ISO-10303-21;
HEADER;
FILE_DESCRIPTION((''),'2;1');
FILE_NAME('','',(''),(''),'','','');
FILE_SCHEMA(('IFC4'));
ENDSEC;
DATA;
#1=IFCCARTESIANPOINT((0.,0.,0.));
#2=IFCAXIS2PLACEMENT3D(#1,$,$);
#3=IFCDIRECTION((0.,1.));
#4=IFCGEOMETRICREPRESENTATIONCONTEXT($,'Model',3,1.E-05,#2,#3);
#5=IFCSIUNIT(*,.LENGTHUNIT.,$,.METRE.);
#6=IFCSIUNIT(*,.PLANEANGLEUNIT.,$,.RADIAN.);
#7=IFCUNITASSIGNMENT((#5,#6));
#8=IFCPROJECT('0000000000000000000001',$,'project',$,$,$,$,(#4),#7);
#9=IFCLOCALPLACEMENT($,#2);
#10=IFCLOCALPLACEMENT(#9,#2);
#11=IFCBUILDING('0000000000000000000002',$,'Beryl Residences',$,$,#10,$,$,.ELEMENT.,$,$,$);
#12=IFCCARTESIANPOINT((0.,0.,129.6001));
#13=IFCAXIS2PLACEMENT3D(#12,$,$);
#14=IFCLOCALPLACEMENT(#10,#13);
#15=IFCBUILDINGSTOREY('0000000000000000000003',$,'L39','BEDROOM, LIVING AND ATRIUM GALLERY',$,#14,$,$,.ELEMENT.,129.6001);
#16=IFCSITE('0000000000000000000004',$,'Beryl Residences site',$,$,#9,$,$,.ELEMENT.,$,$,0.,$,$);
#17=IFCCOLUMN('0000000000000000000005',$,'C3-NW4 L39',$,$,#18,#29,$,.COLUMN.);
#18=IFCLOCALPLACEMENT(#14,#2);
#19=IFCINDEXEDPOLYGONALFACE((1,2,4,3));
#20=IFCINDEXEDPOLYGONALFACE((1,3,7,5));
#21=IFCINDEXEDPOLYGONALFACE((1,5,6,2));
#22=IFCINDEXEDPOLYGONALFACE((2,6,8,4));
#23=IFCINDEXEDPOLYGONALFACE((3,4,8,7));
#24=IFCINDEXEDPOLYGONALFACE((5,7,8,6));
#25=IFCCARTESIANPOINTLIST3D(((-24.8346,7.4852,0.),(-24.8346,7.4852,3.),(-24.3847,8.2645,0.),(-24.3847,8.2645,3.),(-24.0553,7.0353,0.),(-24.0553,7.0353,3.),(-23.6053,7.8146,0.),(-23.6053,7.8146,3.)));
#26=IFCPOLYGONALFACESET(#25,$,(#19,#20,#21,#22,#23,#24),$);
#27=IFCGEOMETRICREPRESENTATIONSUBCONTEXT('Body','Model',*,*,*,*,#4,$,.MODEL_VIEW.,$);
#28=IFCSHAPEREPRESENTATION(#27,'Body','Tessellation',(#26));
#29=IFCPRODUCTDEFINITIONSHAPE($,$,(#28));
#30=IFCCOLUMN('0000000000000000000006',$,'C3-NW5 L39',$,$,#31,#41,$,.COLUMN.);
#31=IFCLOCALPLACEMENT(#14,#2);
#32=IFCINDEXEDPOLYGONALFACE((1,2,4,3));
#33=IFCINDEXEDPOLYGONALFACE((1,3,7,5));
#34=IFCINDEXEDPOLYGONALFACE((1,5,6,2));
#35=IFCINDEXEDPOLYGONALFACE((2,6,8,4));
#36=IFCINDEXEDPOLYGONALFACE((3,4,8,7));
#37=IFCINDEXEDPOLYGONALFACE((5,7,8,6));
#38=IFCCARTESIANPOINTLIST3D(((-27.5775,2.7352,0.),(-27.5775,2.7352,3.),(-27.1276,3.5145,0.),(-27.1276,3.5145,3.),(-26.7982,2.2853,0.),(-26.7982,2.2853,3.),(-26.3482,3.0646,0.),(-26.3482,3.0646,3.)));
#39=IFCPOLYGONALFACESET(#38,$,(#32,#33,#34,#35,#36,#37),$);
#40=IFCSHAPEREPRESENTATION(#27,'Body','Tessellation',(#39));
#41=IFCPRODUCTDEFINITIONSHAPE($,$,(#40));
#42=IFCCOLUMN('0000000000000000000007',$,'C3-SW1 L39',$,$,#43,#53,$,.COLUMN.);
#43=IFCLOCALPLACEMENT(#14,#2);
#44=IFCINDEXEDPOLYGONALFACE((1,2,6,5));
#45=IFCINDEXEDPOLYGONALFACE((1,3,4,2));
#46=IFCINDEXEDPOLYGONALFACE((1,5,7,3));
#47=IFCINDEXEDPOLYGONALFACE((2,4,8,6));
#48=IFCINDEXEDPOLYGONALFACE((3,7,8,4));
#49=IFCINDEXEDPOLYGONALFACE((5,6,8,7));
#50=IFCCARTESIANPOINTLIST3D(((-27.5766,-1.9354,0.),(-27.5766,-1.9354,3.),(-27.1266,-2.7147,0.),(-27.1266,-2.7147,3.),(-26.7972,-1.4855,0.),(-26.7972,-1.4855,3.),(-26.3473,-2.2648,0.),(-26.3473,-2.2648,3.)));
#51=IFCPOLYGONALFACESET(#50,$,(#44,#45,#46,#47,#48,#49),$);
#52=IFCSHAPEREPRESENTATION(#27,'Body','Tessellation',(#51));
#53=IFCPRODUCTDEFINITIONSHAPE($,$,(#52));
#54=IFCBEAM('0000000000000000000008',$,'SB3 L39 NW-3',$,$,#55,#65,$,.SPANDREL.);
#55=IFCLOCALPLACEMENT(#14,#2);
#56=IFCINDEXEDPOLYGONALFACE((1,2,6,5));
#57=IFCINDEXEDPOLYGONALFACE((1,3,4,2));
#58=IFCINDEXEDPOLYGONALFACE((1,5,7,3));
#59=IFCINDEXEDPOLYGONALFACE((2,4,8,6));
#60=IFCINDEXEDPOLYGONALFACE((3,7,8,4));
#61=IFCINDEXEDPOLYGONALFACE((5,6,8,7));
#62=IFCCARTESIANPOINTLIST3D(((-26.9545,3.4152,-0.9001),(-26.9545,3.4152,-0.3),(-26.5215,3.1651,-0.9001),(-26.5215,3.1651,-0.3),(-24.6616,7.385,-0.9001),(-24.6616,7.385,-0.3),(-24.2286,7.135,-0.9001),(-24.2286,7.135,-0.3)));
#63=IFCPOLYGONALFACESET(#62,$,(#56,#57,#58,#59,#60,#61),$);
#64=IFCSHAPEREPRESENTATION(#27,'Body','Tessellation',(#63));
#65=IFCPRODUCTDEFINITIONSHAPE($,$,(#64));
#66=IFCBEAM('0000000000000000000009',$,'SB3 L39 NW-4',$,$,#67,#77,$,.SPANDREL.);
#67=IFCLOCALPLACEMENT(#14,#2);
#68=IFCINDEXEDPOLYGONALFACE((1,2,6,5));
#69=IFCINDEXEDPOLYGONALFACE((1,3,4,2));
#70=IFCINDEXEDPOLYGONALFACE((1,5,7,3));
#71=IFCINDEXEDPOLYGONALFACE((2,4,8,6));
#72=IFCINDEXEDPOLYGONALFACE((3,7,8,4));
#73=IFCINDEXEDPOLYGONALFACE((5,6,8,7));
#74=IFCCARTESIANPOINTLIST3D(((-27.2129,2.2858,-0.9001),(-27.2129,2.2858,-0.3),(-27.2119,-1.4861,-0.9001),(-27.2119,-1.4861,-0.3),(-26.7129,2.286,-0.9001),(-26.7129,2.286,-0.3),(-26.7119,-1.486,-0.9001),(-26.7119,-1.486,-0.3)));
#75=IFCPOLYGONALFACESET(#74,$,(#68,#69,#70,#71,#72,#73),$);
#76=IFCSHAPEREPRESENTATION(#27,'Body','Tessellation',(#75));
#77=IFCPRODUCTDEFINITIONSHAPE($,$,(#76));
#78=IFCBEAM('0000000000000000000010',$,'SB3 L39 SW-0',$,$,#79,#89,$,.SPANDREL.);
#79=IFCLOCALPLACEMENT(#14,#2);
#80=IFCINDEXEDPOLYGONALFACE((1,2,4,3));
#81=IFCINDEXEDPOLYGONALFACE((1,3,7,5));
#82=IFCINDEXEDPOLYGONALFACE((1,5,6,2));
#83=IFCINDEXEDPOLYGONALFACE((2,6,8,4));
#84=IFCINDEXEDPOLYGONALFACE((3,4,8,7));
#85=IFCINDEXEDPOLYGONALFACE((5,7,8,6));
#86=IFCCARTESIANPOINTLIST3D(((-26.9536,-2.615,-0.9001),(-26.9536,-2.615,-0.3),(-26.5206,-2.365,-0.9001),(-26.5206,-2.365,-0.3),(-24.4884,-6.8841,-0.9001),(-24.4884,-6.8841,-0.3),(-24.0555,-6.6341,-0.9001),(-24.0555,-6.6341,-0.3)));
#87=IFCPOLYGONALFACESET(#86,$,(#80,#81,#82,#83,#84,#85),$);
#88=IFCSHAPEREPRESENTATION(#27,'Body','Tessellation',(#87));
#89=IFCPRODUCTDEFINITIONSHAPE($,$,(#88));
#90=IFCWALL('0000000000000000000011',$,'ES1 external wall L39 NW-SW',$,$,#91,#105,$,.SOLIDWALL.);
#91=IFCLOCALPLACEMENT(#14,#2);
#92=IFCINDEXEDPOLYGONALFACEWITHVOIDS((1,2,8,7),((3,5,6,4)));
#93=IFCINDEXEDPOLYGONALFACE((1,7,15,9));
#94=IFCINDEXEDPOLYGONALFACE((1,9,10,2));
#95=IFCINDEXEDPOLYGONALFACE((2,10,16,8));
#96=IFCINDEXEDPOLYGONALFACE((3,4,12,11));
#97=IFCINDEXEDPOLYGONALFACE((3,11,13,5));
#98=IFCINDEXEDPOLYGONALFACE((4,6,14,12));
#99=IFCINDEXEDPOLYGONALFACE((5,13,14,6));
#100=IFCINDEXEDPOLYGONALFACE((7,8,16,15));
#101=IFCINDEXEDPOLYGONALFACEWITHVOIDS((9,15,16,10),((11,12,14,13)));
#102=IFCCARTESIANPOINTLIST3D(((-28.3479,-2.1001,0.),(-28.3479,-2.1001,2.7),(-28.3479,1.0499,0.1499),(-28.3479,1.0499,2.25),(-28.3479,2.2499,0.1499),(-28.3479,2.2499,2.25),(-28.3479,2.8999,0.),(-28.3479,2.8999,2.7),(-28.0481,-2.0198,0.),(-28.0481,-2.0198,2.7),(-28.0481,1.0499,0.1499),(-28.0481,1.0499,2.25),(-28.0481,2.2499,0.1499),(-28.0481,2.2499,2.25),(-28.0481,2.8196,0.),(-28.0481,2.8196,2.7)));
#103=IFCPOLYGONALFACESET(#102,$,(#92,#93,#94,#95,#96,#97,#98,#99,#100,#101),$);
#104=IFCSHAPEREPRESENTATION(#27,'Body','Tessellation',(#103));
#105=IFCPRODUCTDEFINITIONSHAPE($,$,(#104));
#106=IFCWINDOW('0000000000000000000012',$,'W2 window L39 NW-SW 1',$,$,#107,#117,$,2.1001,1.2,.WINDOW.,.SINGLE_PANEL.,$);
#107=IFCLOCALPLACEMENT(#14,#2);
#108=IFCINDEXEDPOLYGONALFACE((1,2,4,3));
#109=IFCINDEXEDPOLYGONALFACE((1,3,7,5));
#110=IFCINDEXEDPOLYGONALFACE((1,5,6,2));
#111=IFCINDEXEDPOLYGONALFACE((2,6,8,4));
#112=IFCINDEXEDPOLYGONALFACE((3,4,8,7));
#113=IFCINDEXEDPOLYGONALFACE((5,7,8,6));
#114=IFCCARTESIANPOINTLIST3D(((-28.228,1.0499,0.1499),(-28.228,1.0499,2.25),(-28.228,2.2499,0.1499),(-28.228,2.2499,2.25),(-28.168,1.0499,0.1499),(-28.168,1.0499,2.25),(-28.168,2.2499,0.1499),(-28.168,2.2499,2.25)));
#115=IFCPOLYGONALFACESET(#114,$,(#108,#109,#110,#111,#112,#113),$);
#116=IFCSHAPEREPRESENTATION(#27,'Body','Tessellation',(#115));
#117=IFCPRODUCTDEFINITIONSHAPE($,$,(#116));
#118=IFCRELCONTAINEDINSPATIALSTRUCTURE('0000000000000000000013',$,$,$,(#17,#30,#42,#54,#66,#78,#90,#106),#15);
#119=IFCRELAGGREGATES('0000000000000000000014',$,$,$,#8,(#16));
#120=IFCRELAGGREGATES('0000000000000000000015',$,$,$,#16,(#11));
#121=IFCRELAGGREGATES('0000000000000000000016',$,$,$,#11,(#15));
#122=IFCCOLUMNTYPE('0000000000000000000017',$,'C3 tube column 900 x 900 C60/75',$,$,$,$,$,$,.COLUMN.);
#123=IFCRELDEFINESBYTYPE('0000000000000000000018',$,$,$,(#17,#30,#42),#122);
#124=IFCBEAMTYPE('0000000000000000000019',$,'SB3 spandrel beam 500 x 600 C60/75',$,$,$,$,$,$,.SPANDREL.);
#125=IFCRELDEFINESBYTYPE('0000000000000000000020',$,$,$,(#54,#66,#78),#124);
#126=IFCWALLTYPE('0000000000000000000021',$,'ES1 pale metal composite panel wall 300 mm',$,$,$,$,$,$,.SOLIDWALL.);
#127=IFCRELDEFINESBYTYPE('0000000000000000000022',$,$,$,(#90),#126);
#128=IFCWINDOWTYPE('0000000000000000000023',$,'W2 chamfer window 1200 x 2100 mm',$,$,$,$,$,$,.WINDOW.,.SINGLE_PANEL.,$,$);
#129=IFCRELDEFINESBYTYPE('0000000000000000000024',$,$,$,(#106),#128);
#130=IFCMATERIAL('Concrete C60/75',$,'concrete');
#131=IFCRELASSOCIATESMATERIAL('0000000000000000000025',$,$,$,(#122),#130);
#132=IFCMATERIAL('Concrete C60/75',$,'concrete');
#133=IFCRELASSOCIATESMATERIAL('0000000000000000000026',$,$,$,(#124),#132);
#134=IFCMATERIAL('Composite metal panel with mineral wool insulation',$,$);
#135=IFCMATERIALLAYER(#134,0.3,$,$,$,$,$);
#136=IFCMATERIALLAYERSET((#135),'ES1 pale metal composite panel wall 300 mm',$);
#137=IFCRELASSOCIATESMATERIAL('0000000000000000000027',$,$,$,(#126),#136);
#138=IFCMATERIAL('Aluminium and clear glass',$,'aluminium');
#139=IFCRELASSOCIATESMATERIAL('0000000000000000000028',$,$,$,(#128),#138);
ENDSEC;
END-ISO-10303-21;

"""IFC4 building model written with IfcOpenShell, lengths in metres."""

from ifc_helpers import new_model, si_unit, direction, frame, frame_2d, origin, origin_2d, place, context, subcontext, project, spatial, polyline, rectangle, outline, extrude, material, layer, layer_set, material_profile, profile_set, type_object, element, fill, save


model = new_model("IFC4")

# Units and contexts
model_context = context("Model", 3, precision=1e-05, world=origin(), true_north=direction((0.0, 1.0)))
body_context = subcontext(model_context, "Body", "Model", "MODEL_VIEW")
ifc_project = project(units=[si_unit("LENGTHUNIT", "METRE"), si_unit("PLANEANGLEUNIT", "RADIAN")], contexts=[model_context])

# Site, building, storey
site_placement = place(None, origin())
site = spatial("IfcSite", under=ifc_project, at=site_placement, Name="Beryl Residences site", CompositionType="ELEMENT", RefElevation=0.0)
building_placement = place(site_placement, origin())
building = spatial("IfcBuilding", under=site, at=building_placement, Name="Beryl Residences", CompositionType="ELEMENT")
storey_placement = place(building_placement, frame((0.0, 0.0, 129.6001)))
storey = spatial("IfcBuildingStorey", under=building, at=storey_placement, Name="L39", Description="BEDROOM, LIVING AND ATRIUM GALLERY", CompositionType="ELEMENT", Elevation=129.6001)

# Columns
ifc_material_1 = material(Name="Concrete C60/75", Category="concrete")
ifc_material_profile_1 = material_profile(ifc_material_1, rectangle(XDim=0.8999, YDim=0.8999, at=origin_2d()))
ifc_profile_set_1 = profile_set([ifc_material_profile_1], Name="Concrete C60/75")
column_type = type_object("IfcColumnType", Name="C3 tube column 900 x 900 C60/75", PredefinedType="COLUMN", material=ifc_profile_set_1)
for number, where, z_axis, x_axis, name in (
    (1, (-24.22, 7.6499, 0.0), (0.0, 0.0, 1.0), (-0.5, -0.866025, 0.0), "C3-NW4 L39"),
    (2, (-26.9629, 2.8999, 0.0), (0.0, 0.0, 1.0), (-0.5, -0.866025, 0.0), "C3-NW5 L39"),
    (3, (-26.9619, -2.1001, 0.0), (0.0, 0.0, 1.0), (0.5, -0.866025, 0.0), "C3-SW1 L39"),
):
    element("IfcColumn", number, at=place(storey_placement, frame(where, z_axis=z_axis, x_axis=x_axis)), inside=storey, type_object=column_type, Name=name, PredefinedType="COLUMN", context=body_context, shape_type="SweptSolid", body=[
        extrude(rectangle(XDim=0.8999, YDim=0.8999, at=origin_2d()), origin(), (0.0, 0.0, 1.0), 3.0),
    ])

# Beams
ifc_material_2 = material(Name="Concrete C60/75", Category="concrete")
ifc_material_profile_2 = material_profile(ifc_material_2, rectangle(XDim=0.5, YDim=0.6001, at=origin_2d()))
ifc_profile_set_2 = profile_set([ifc_material_profile_2], Name="Concrete C60/75")
beam_type = type_object("IfcBeamType", Name="SB3 spandrel beam 500 x 600 C60/75", PredefinedType="SPANDREL", material=ifc_profile_set_2)
beam_1_placement = place(storey_placement, frame((-24.4451, 7.26, -0.6001), z_axis=(-0.500148, -0.86594, 0.0), x_axis=(0.86594, -0.500148, 0.0)))
element("IfcBeam", 4, at=beam_1_placement, inside=storey, type_object=beam_type, Name="SB3 L39 NW-3", PredefinedType="SPANDREL", context=body_context, shape_type="SweptSolid", body=[
    extrude(rectangle(XDim=0.5, YDim=0.6001, at=origin_2d()), origin(), (0.0, 0.0, 1.0), 4.5845),
])
beam_2_placement = place(storey_placement, frame((-26.9629, 2.2859, -0.6001), z_axis=(0.000259, -1.0, 0.0), x_axis=(1.0, 0.000259, 0.0)))
element("IfcBeam", 5, at=beam_2_placement, inside=storey, type_object=beam_type, Name="SB3 L39 NW-4", PredefinedType="SPANDREL", context=body_context, shape_type="SweptSolid", body=[
    extrude(rectangle(XDim=0.5, YDim=0.6001, at=origin_2d()), origin(), (0.0, 0.0, 1.0), 3.772),
])
beam_3_placement = place(storey_placement, frame((-26.7371, -2.49, -0.6001), z_axis=(0.500054, -0.865994, 0.0), x_axis=(0.865994, 0.500054, 0.0)))
element("IfcBeam", 6, at=beam_3_placement, inside=storey, type_object=beam_type, Name="SB3 L39 SW-0", PredefinedType="SPANDREL", context=body_context, shape_type="SweptSolid", body=[
    extrude(rectangle(XDim=0.5, YDim=0.6001, at=origin_2d()), origin(), (0.0, 0.0, 1.0), 4.9297),
])

# Wall, opening, window
ifc_material_3 = material(Name="Composite metal panel with mineral wool insulation")
ifc_layer_1 = layer(ifc_material_3, 0.3)
ifc_layer_set_1 = layer_set([ifc_layer_1], Name="ES1 pale metal composite panel wall 300 mm")
wall_type_1 = type_object("IfcWallType", Name="ES1 pale metal composite panel wall 300 mm", PredefinedType="SOLIDWALL", material=ifc_layer_set_1)
wall_1_placement = place(storey_placement, frame((-28.198, 2.8999, 0.0), z_axis=(0.0, 0.0, 1.0), x_axis=(0.0, -1.0, 0.0)))
wall_1 = element("IfcWall", 7, at=wall_1_placement, inside=storey, type_object=wall_type_1, Name="ES1 external wall L39 NW-SW", PredefinedType="SOLIDWALL", context=body_context, shape_type="SweptSolid", body=[
    extrude(outline(polyline([(0.0, -0.1499), (5.0, -0.1499), (4.9197, 0.1499), (0.0803, 0.1499), (0.0, -0.1499)])), origin(), (0.0, 0.0, 1.0), 2.7),
])
opening_1_placement = place(wall_1_placement, frame((0.6499, 0.0, 0.1499)))
opening_1 = element("IfcOpeningElement", 8, at=opening_1_placement, cuts=wall_1, PredefinedType="OPENING", context=body_context, shape_type="SweptSolid", body=[
    extrude(rectangle(XDim=1.2, YDim=2.1001, at=frame_2d((0.6001, 1.05))), frame((0.0, 0.1599, 0.0), z_axis=(0.0, -1.0, 0.0), x_axis=(1.0, 0.0, 0.0)), (0.0, 0.0, 1.0), 0.3201),
])
ifc_material_4 = material(Name="Aluminium and clear glass", Category="aluminium")
window_type_1 = type_object("IfcWindowType", Name="W2 chamfer window 1200 x 2100 mm", PartitioningType="SINGLE_PANEL", PredefinedType="WINDOW", material=ifc_material_4)
window_1_placement = place(opening_1_placement, origin())
window_1 = element("IfcWindow", 9, at=window_1_placement, inside=storey, type_object=window_type_1, Name="W2 window L39 NW-SW 1", OverallHeight=2.1001, OverallWidth=1.2, PartitioningType="SINGLE_PANEL", PredefinedType="WINDOW", context=body_context, shape_type="SweptSolid", body=[
    extrude(rectangle(XDim=1.2, YDim=2.1001, at=frame_2d((0.6001, 1.05))), frame((0.0, 0.03, 0.0), z_axis=(0.0, -1.0, 0.0), x_axis=(1.0, 0.0, 0.0)), (0.0, 0.0, 1.0), 0.0601),
])
fill(opening_1, window_1)

save(model, "model.ifc")
